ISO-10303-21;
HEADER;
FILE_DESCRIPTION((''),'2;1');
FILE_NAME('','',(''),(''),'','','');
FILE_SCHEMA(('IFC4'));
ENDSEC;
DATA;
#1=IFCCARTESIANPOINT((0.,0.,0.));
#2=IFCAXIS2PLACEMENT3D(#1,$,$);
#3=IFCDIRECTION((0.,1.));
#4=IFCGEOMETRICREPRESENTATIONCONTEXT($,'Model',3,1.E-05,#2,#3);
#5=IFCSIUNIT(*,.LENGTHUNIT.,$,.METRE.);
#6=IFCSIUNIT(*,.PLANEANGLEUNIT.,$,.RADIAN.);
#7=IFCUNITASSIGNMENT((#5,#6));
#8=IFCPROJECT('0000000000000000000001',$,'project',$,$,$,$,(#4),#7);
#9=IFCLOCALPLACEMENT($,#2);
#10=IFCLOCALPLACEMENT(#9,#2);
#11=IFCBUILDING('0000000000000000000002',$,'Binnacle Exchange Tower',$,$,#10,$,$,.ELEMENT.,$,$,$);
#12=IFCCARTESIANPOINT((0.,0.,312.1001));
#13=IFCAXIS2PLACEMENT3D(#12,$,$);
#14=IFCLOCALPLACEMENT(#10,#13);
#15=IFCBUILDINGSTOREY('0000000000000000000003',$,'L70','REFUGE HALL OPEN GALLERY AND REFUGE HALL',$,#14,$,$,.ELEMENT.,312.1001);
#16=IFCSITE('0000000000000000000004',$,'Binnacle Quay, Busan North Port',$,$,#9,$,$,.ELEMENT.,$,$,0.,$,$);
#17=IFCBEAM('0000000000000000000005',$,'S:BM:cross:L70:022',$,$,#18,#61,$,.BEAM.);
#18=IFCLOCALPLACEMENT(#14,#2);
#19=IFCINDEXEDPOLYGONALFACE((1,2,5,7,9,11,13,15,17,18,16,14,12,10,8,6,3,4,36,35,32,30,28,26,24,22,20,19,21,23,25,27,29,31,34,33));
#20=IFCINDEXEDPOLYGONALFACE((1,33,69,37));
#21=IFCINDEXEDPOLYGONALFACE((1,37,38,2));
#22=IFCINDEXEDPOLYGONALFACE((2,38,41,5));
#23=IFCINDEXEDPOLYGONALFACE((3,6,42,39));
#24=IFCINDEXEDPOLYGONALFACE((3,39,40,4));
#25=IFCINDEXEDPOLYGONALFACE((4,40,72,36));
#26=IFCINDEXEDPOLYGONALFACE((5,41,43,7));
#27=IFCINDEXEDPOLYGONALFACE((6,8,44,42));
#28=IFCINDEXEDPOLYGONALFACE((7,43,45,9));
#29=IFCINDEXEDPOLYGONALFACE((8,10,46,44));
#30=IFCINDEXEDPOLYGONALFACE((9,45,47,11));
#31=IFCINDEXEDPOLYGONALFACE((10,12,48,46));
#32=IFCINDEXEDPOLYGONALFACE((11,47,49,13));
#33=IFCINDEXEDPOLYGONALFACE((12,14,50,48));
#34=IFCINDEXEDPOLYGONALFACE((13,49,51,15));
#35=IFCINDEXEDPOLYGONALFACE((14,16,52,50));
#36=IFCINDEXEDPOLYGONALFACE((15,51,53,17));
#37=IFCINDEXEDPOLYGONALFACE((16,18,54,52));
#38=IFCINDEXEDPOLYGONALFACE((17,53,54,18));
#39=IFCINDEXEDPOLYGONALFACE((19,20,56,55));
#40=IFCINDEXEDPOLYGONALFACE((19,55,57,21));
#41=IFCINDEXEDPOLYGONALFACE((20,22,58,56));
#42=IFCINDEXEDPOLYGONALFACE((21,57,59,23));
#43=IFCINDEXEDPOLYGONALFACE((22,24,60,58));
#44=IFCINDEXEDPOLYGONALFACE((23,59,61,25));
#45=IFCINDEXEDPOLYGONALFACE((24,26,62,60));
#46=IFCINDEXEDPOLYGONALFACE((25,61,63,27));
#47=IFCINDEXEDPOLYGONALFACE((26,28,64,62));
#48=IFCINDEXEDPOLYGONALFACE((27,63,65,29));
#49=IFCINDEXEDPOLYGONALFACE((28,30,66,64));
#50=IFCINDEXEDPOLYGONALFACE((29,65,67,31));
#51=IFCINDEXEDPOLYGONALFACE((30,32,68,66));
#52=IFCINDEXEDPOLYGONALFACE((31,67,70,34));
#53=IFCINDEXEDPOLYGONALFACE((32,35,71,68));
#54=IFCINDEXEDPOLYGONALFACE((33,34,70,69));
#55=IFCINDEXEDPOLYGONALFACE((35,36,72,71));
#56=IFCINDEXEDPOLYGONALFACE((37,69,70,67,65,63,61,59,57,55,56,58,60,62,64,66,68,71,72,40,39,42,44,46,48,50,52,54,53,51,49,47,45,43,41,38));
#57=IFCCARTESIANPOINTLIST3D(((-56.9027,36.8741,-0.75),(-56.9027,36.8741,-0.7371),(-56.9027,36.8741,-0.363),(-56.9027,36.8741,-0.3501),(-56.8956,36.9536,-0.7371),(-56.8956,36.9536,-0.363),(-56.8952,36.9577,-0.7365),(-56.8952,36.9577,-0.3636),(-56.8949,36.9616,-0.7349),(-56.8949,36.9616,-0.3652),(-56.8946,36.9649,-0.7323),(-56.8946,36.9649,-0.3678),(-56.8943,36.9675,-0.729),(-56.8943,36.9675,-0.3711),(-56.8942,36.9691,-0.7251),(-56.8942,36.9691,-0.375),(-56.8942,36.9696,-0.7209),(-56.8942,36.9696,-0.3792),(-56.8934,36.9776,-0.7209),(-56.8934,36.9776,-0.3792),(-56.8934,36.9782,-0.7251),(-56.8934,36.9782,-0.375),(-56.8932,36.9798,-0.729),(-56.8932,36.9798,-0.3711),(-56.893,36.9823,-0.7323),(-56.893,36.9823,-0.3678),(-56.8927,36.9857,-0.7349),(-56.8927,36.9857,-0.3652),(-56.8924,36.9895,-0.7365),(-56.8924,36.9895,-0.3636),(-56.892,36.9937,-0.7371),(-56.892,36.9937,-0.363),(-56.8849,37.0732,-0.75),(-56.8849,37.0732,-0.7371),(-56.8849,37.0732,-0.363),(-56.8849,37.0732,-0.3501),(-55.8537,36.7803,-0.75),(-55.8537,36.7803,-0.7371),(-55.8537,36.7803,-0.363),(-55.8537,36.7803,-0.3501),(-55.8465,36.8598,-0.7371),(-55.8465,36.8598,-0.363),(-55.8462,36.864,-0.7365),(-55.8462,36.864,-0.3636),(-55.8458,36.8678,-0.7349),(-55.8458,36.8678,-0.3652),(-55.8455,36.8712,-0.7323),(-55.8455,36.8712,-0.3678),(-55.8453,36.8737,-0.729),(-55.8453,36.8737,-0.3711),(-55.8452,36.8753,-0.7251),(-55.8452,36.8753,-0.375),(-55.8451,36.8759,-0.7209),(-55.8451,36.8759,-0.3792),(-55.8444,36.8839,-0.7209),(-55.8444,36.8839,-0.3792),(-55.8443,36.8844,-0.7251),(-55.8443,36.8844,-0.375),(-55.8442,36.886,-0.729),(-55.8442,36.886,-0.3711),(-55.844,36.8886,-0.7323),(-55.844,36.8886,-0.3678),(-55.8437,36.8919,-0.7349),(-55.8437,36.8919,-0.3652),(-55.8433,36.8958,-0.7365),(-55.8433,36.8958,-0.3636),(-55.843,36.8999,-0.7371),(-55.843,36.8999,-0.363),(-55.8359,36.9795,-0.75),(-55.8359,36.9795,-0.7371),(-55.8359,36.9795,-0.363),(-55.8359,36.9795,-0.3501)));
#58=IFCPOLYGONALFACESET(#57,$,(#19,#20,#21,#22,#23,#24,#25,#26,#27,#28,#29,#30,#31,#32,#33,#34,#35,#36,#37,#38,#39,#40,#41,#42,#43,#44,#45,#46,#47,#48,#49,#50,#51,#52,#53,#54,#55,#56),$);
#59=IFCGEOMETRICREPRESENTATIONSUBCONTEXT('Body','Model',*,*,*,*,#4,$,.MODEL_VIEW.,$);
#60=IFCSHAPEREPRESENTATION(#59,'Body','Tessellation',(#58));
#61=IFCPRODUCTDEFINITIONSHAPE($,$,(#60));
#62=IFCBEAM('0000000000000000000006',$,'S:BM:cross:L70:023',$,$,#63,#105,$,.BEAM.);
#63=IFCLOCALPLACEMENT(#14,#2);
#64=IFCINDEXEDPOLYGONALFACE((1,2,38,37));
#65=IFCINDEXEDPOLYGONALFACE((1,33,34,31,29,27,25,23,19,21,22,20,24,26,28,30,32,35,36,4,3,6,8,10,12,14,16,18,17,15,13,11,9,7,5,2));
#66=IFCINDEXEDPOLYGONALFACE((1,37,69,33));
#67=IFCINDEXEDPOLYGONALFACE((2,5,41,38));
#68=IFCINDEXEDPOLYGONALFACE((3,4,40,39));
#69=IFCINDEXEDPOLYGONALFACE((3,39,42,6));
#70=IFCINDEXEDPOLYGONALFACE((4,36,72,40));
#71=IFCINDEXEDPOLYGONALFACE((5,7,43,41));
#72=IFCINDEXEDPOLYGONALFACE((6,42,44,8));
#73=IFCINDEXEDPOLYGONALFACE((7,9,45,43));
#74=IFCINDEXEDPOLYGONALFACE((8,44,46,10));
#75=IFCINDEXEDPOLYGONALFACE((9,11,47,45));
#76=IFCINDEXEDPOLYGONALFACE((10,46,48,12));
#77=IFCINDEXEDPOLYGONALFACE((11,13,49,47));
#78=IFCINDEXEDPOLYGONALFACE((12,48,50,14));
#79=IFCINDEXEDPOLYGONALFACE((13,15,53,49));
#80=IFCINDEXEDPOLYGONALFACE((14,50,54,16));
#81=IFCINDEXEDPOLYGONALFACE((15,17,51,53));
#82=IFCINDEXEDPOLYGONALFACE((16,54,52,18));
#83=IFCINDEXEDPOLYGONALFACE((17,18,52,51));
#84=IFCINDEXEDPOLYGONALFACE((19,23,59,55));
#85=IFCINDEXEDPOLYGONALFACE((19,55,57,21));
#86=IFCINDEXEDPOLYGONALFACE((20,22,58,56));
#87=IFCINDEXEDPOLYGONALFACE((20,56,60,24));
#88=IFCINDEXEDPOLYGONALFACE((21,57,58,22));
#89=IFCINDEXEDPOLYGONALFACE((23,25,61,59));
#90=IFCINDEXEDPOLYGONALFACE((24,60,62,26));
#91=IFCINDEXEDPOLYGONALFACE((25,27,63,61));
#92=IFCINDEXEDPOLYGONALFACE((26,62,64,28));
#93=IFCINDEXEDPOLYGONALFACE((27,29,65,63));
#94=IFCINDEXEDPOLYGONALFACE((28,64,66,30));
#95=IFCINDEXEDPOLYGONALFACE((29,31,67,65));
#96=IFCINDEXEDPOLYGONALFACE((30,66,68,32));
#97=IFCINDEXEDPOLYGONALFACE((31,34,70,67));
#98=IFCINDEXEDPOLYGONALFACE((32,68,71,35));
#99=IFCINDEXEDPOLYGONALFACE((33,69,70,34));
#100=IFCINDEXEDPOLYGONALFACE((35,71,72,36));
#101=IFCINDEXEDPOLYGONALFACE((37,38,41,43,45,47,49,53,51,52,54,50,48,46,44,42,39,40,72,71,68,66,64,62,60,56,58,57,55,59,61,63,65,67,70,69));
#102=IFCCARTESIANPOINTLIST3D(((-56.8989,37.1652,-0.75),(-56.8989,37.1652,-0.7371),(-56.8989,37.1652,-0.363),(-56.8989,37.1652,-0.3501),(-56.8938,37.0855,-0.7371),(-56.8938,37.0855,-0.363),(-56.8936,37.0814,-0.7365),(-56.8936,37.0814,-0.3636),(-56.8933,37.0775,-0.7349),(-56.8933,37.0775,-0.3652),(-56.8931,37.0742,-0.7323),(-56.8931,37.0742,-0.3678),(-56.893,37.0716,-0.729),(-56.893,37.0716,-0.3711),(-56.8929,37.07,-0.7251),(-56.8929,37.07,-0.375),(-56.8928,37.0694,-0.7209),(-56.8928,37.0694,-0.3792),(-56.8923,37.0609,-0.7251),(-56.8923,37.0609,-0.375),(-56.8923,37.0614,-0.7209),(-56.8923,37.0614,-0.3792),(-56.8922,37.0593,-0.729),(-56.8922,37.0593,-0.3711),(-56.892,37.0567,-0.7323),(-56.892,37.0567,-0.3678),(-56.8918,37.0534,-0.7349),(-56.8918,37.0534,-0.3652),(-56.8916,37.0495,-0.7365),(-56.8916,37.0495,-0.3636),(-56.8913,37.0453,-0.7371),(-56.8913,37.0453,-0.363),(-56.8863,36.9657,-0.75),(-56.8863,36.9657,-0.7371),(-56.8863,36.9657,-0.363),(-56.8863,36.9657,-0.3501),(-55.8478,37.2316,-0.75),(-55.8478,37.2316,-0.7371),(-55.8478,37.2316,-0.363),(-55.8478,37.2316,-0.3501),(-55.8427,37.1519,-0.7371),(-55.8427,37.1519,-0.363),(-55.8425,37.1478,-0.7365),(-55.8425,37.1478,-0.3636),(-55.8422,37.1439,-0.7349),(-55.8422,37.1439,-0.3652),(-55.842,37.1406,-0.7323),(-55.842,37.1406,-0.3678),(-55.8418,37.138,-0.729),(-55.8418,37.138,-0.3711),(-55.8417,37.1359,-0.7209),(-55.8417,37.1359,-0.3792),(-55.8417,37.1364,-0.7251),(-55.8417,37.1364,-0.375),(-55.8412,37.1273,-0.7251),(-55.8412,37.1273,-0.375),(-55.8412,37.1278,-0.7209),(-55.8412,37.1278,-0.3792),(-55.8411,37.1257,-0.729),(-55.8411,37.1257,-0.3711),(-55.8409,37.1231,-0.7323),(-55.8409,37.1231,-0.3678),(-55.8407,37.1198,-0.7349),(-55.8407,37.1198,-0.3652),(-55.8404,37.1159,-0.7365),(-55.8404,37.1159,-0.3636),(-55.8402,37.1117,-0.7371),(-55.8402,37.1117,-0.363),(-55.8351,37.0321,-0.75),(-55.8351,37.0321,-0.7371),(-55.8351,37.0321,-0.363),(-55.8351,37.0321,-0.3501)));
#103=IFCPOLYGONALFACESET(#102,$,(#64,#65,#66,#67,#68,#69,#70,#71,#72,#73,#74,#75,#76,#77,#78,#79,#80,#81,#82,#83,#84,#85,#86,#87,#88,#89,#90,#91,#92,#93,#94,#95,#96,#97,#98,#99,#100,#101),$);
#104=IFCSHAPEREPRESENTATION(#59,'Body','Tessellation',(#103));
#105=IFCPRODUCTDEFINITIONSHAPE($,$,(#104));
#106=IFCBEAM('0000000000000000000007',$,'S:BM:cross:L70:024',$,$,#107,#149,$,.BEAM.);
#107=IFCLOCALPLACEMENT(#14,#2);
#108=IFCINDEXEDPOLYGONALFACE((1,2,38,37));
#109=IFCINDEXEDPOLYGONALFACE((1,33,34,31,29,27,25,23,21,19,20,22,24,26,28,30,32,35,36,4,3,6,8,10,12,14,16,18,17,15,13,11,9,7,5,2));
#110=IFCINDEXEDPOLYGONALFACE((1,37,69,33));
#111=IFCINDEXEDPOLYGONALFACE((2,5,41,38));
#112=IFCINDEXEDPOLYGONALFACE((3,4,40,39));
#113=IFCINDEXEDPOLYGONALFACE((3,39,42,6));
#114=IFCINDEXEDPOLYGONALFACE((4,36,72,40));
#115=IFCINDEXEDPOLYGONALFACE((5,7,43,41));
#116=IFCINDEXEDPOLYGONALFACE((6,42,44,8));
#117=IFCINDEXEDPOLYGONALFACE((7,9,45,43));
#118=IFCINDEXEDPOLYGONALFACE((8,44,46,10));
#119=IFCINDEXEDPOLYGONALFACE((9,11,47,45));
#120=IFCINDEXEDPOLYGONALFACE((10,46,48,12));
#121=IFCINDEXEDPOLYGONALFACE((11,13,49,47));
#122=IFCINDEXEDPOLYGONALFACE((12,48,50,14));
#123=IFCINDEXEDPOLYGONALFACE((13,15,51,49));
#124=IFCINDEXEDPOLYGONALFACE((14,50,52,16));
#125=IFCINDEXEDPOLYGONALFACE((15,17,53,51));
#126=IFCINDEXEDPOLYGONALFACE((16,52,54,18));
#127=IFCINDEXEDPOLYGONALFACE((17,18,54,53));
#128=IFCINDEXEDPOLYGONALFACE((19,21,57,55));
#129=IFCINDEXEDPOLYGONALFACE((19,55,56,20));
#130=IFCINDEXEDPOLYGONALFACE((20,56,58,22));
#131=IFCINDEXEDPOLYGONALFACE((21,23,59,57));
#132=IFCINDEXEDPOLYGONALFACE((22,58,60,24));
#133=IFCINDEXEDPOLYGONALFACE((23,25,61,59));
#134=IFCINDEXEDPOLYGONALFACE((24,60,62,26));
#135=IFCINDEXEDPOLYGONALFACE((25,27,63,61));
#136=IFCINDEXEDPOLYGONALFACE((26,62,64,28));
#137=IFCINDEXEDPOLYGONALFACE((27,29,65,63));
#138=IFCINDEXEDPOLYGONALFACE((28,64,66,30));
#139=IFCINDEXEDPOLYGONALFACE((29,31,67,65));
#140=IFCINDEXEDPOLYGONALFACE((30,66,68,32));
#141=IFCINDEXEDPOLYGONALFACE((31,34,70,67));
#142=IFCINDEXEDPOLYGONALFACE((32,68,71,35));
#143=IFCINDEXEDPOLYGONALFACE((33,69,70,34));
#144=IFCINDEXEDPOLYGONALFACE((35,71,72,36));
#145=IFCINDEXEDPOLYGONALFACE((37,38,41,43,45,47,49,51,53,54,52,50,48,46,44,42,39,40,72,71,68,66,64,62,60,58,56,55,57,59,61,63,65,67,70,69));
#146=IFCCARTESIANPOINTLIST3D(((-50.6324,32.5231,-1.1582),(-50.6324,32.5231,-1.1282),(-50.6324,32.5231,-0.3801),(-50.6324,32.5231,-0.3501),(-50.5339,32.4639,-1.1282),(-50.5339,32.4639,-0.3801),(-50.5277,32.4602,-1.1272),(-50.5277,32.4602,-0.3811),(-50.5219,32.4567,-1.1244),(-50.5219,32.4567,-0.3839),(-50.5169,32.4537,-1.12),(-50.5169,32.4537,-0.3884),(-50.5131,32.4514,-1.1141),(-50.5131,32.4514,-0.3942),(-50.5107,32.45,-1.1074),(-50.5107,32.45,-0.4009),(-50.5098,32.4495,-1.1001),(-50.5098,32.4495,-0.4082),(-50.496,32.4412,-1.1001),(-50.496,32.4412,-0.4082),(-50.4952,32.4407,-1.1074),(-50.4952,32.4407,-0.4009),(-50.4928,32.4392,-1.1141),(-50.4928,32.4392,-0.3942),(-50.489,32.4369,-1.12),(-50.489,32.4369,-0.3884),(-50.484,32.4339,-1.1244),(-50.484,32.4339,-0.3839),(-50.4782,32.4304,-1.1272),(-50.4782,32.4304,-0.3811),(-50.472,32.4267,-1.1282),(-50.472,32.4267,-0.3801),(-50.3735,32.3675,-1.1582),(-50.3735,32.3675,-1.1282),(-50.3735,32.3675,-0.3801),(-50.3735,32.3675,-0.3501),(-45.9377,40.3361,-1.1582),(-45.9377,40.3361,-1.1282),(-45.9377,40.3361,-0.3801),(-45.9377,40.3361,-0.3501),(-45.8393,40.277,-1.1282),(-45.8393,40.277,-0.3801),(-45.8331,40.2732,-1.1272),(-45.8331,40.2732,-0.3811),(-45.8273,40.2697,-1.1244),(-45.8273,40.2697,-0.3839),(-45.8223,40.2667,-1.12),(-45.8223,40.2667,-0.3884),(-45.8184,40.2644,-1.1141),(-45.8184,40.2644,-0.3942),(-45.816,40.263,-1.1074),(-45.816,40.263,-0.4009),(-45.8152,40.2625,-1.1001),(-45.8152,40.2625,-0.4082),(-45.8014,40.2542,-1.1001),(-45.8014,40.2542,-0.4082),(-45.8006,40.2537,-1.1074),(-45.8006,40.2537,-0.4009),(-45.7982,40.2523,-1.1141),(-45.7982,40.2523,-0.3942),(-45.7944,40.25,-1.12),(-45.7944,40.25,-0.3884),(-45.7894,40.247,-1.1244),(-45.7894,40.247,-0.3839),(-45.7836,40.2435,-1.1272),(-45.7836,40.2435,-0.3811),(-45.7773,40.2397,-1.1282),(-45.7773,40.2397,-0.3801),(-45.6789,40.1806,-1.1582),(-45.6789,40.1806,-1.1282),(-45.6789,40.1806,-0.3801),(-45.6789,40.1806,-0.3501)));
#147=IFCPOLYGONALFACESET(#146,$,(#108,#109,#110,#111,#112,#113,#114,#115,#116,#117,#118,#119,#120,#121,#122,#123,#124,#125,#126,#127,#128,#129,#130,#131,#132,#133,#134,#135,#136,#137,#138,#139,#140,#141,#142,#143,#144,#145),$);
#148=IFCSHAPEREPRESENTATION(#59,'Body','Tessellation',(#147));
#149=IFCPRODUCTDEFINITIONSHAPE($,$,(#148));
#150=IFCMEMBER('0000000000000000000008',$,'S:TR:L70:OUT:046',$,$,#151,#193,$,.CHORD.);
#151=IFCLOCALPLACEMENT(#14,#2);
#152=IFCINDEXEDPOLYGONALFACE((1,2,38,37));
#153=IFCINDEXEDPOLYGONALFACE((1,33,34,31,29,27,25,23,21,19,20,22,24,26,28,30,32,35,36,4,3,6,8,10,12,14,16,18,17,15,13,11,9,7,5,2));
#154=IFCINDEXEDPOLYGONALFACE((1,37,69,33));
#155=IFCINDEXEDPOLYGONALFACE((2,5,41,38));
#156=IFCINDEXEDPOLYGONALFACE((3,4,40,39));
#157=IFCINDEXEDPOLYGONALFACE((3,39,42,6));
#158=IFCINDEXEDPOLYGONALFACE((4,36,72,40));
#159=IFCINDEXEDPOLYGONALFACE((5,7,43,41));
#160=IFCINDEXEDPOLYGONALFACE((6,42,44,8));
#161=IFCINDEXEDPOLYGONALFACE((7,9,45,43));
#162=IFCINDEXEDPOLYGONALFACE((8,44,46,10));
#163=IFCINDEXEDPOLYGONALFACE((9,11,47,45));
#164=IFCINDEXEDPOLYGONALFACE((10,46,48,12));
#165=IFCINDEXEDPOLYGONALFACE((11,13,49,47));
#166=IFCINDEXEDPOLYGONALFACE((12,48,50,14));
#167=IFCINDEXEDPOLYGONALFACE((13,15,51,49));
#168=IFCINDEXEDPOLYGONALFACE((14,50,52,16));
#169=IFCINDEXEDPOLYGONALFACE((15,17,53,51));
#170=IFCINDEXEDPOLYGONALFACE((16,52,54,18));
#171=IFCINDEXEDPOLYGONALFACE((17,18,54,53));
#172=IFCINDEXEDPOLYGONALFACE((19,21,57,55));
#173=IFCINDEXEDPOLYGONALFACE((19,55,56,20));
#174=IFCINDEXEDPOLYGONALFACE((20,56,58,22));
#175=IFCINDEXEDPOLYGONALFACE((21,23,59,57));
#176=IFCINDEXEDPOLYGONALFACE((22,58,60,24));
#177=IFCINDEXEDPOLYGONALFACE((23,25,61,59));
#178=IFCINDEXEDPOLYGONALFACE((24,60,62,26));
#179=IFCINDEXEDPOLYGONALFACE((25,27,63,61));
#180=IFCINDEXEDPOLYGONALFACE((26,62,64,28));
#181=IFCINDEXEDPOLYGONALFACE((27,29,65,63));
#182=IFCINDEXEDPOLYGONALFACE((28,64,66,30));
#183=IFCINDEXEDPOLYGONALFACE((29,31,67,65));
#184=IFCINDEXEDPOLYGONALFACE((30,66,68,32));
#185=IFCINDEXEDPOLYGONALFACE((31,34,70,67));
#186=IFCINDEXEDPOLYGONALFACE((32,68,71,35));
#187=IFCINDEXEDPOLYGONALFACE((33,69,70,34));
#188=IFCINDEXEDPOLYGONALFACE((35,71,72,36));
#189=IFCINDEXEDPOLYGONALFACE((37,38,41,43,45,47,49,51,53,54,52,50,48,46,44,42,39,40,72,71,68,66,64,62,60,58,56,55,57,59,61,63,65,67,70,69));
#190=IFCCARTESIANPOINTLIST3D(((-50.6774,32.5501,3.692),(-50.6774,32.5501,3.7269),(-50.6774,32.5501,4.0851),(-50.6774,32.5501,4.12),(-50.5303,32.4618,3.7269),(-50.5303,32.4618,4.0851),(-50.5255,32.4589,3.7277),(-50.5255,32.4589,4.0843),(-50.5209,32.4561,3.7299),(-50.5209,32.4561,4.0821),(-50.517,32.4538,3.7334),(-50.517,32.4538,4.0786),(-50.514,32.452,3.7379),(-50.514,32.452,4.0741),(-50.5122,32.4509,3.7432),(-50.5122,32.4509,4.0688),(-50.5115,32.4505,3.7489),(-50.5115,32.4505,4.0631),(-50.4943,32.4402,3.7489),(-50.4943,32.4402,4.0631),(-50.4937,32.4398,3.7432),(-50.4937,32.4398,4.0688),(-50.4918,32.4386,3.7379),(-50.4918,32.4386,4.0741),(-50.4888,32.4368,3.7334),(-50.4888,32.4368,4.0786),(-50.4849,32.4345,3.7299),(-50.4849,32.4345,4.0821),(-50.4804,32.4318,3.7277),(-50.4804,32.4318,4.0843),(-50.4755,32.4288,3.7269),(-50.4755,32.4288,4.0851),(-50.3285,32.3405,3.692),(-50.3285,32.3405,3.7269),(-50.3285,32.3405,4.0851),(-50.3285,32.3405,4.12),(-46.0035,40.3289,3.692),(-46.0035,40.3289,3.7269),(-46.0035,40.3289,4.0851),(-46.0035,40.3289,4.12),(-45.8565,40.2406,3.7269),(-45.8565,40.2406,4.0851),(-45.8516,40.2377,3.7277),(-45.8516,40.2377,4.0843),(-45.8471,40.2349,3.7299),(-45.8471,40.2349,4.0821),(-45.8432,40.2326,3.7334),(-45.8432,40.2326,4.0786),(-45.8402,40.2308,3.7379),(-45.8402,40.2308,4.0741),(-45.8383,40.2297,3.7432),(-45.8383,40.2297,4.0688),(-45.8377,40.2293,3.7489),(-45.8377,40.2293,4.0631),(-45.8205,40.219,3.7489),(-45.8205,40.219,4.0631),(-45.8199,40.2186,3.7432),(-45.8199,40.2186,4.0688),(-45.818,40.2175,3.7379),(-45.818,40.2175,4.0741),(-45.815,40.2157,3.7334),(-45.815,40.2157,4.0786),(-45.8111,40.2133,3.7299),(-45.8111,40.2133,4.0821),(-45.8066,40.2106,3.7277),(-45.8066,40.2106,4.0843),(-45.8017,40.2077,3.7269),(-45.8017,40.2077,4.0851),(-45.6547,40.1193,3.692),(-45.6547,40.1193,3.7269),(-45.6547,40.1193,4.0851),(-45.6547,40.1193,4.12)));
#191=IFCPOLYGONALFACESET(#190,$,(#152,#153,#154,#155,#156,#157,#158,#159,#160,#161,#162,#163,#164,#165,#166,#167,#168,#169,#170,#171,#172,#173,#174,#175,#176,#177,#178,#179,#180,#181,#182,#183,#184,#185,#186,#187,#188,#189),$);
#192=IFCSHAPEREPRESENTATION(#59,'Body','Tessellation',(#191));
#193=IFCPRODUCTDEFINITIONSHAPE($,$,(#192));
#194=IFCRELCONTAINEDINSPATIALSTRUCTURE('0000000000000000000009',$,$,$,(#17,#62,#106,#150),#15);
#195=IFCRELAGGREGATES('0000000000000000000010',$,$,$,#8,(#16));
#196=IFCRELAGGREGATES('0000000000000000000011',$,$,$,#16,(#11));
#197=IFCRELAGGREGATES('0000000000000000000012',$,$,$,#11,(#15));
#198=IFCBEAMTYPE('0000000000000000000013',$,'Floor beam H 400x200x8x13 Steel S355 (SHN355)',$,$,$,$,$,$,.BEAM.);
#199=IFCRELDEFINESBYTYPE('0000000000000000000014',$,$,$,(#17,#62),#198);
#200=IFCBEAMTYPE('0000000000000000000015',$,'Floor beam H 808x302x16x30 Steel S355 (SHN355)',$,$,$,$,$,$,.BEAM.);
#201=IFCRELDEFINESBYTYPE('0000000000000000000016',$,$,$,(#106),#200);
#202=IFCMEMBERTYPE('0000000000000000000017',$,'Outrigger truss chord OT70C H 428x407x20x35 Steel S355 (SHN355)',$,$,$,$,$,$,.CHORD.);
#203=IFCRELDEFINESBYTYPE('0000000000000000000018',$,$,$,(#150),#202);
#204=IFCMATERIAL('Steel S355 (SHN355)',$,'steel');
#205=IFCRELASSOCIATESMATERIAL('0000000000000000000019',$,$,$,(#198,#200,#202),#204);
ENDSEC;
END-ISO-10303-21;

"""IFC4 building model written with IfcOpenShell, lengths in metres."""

from ifc_helpers import new_model, si_unit, direction, frame, origin, origin_2d, place, context, subcontext, project, spatial, i_section, extrude, material, material_profile, profile_set, type_object, element, save


model = new_model("IFC4")

# Units and contexts
model_context = context("Model", 3, precision=1e-05, world=origin(), true_north=direction((0.0, 1.0)))
body_context = subcontext(model_context, "Body", "Model", "MODEL_VIEW")
ifc_project = project(units=[si_unit("LENGTHUNIT", "METRE"), si_unit("PLANEANGLEUNIT", "RADIAN")], contexts=[model_context])

# Site, building, storey
site_placement = place(None, origin())
site = spatial("IfcSite", under=ifc_project, at=site_placement, Name="Binnacle Quay, Busan North Port", CompositionType="ELEMENT", RefElevation=0.0)
building_placement = place(site_placement, origin())
building = spatial("IfcBuilding", under=site, at=building_placement, Name="Binnacle Exchange Tower", CompositionType="ELEMENT")
storey_placement = place(building_placement, frame((0.0, 0.0, 312.1001)))
storey = spatial("IfcBuildingStorey", under=building, at=storey_placement, Name="L70", Description="REFUGE HALL OPEN GALLERY AND REFUGE HALL", CompositionType="ELEMENT", Elevation=312.1001)

# Shared definitions
ifc_material_1 = material(Name="Steel S355 (SHN355)", Category="steel")

# Beams
ifc_material_profile_1 = material_profile(ifc_material_1, i_section(OverallWidth=0.2, OverallDepth=0.3999, WebThickness=0.0081, FlangeThickness=0.0129, FilletRadius=0.0161, at=origin_2d()), Name="H 400x200x8x13")
ifc_profile_set_1 = profile_set([ifc_material_profile_1], Name="Steel S355 (SHN355)")
beam_type_1 = type_object("IfcBeamType", Name="Floor beam H 400x200x8x13 Steel S355 (SHN355)", PredefinedType="BEAM", material=ifc_profile_set_1)
for number, where, z_axis, x_axis, name in (
    (1, (-56.8938, 36.9736, -0.55), (0.996031, -0.08901, 0.0), (0.08901, 0.996031, 0.0), "S:BM:cross:L70:022"),
    (2, (-56.8926, 37.0654, -0.55), (0.99801, 0.063057, 0.0), (-0.063057, 0.99801, 0.0), "S:BM:cross:L70:023"),
):
    element("IfcBeam", number, at=place(storey_placement, frame(where, z_axis=z_axis, x_axis=x_axis)), inside=storey, type_object=beam_type_1, Name=name, PredefinedType="BEAM", context=body_context, shape_type="SweptSolid", body=[
        extrude(i_section(OverallWidth=0.2, OverallDepth=0.3999, WebThickness=0.0081, FlangeThickness=0.0129, FilletRadius=0.0161, at=origin_2d()), origin(), (0.0, 0.0, 1.0), 1.0532),
    ])
ifc_material_profile_2 = material_profile(ifc_material_1, i_section(OverallWidth=0.302, OverallDepth=0.8081, WebThickness=0.0161, FlangeThickness=0.03, FilletRadius=0.0281, at=origin_2d()), Name="H 808x302x16x30")
ifc_profile_set_2 = profile_set([ifc_material_profile_2], Name="Steel S355 (SHN355)")
beam_type_2 = type_object("IfcBeamType", Name="Floor beam H 808x302x16x30 Steel S355 (SHN355)", PredefinedType="BEAM", material=ifc_profile_set_2)
beam_1_placement = place(storey_placement, frame((-50.5029, 32.4453, -0.7542), z_axis=(0.515043, 0.857164, 0.0), x_axis=(-0.857164, 0.515043, 0.0)))
element("IfcBeam", 3, at=beam_1_placement, inside=storey, type_object=beam_type_2, Name="S:BM:cross:L70:024", PredefinedType="BEAM", context=body_context, shape_type="SweptSolid", body=[
    extrude(i_section(OverallWidth=0.302, OverallDepth=0.8081, WebThickness=0.0161, FlangeThickness=0.03, FilletRadius=0.0281, at=origin_2d()), origin(), (0.0, 0.0, 1.0), 9.115),
])

# Member
ifc_material_profile_3 = material_profile(ifc_material_1, i_section(OverallWidth=0.407, OverallDepth=0.428, WebThickness=0.02, FlangeThickness=0.0349, FilletRadius=0.022, at=origin_2d()), Name="H 428x407x20x35")
ifc_profile_set_3 = profile_set([ifc_material_profile_3], Name="Steel S355 (SHN355)")
member_type_1 = type_object("IfcMemberType", Name="Outrigger truss chord OT70C H 428x407x20x35 Steel S355 (SHN355)", PredefinedType="CHORD", material=ifc_profile_set_3)
for number, where, z_axis, x_axis, name in (
    (4, (-50.5029, 32.4453, 3.906), (0.515026, 0.857175, 0.0), (-0.857175, 0.515026, 0.0), "S:TR:L70:OUT:046"),
):
    element("IfcMember", number, at=place(storey_placement, frame(where, z_axis=z_axis, x_axis=x_axis)), inside=storey, type_object=member_type_1, Name=name, PredefinedType="CHORD", context=body_context, shape_type="SweptSolid", body=[
        extrude(i_section(OverallWidth=0.407, OverallDepth=0.428, WebThickness=0.02, FlangeThickness=0.0349, FilletRadius=0.022, at=origin_2d()), origin(), (0.0, 0.0, 1.0), 9.075),
    ])

save(model, "model.ifc")
